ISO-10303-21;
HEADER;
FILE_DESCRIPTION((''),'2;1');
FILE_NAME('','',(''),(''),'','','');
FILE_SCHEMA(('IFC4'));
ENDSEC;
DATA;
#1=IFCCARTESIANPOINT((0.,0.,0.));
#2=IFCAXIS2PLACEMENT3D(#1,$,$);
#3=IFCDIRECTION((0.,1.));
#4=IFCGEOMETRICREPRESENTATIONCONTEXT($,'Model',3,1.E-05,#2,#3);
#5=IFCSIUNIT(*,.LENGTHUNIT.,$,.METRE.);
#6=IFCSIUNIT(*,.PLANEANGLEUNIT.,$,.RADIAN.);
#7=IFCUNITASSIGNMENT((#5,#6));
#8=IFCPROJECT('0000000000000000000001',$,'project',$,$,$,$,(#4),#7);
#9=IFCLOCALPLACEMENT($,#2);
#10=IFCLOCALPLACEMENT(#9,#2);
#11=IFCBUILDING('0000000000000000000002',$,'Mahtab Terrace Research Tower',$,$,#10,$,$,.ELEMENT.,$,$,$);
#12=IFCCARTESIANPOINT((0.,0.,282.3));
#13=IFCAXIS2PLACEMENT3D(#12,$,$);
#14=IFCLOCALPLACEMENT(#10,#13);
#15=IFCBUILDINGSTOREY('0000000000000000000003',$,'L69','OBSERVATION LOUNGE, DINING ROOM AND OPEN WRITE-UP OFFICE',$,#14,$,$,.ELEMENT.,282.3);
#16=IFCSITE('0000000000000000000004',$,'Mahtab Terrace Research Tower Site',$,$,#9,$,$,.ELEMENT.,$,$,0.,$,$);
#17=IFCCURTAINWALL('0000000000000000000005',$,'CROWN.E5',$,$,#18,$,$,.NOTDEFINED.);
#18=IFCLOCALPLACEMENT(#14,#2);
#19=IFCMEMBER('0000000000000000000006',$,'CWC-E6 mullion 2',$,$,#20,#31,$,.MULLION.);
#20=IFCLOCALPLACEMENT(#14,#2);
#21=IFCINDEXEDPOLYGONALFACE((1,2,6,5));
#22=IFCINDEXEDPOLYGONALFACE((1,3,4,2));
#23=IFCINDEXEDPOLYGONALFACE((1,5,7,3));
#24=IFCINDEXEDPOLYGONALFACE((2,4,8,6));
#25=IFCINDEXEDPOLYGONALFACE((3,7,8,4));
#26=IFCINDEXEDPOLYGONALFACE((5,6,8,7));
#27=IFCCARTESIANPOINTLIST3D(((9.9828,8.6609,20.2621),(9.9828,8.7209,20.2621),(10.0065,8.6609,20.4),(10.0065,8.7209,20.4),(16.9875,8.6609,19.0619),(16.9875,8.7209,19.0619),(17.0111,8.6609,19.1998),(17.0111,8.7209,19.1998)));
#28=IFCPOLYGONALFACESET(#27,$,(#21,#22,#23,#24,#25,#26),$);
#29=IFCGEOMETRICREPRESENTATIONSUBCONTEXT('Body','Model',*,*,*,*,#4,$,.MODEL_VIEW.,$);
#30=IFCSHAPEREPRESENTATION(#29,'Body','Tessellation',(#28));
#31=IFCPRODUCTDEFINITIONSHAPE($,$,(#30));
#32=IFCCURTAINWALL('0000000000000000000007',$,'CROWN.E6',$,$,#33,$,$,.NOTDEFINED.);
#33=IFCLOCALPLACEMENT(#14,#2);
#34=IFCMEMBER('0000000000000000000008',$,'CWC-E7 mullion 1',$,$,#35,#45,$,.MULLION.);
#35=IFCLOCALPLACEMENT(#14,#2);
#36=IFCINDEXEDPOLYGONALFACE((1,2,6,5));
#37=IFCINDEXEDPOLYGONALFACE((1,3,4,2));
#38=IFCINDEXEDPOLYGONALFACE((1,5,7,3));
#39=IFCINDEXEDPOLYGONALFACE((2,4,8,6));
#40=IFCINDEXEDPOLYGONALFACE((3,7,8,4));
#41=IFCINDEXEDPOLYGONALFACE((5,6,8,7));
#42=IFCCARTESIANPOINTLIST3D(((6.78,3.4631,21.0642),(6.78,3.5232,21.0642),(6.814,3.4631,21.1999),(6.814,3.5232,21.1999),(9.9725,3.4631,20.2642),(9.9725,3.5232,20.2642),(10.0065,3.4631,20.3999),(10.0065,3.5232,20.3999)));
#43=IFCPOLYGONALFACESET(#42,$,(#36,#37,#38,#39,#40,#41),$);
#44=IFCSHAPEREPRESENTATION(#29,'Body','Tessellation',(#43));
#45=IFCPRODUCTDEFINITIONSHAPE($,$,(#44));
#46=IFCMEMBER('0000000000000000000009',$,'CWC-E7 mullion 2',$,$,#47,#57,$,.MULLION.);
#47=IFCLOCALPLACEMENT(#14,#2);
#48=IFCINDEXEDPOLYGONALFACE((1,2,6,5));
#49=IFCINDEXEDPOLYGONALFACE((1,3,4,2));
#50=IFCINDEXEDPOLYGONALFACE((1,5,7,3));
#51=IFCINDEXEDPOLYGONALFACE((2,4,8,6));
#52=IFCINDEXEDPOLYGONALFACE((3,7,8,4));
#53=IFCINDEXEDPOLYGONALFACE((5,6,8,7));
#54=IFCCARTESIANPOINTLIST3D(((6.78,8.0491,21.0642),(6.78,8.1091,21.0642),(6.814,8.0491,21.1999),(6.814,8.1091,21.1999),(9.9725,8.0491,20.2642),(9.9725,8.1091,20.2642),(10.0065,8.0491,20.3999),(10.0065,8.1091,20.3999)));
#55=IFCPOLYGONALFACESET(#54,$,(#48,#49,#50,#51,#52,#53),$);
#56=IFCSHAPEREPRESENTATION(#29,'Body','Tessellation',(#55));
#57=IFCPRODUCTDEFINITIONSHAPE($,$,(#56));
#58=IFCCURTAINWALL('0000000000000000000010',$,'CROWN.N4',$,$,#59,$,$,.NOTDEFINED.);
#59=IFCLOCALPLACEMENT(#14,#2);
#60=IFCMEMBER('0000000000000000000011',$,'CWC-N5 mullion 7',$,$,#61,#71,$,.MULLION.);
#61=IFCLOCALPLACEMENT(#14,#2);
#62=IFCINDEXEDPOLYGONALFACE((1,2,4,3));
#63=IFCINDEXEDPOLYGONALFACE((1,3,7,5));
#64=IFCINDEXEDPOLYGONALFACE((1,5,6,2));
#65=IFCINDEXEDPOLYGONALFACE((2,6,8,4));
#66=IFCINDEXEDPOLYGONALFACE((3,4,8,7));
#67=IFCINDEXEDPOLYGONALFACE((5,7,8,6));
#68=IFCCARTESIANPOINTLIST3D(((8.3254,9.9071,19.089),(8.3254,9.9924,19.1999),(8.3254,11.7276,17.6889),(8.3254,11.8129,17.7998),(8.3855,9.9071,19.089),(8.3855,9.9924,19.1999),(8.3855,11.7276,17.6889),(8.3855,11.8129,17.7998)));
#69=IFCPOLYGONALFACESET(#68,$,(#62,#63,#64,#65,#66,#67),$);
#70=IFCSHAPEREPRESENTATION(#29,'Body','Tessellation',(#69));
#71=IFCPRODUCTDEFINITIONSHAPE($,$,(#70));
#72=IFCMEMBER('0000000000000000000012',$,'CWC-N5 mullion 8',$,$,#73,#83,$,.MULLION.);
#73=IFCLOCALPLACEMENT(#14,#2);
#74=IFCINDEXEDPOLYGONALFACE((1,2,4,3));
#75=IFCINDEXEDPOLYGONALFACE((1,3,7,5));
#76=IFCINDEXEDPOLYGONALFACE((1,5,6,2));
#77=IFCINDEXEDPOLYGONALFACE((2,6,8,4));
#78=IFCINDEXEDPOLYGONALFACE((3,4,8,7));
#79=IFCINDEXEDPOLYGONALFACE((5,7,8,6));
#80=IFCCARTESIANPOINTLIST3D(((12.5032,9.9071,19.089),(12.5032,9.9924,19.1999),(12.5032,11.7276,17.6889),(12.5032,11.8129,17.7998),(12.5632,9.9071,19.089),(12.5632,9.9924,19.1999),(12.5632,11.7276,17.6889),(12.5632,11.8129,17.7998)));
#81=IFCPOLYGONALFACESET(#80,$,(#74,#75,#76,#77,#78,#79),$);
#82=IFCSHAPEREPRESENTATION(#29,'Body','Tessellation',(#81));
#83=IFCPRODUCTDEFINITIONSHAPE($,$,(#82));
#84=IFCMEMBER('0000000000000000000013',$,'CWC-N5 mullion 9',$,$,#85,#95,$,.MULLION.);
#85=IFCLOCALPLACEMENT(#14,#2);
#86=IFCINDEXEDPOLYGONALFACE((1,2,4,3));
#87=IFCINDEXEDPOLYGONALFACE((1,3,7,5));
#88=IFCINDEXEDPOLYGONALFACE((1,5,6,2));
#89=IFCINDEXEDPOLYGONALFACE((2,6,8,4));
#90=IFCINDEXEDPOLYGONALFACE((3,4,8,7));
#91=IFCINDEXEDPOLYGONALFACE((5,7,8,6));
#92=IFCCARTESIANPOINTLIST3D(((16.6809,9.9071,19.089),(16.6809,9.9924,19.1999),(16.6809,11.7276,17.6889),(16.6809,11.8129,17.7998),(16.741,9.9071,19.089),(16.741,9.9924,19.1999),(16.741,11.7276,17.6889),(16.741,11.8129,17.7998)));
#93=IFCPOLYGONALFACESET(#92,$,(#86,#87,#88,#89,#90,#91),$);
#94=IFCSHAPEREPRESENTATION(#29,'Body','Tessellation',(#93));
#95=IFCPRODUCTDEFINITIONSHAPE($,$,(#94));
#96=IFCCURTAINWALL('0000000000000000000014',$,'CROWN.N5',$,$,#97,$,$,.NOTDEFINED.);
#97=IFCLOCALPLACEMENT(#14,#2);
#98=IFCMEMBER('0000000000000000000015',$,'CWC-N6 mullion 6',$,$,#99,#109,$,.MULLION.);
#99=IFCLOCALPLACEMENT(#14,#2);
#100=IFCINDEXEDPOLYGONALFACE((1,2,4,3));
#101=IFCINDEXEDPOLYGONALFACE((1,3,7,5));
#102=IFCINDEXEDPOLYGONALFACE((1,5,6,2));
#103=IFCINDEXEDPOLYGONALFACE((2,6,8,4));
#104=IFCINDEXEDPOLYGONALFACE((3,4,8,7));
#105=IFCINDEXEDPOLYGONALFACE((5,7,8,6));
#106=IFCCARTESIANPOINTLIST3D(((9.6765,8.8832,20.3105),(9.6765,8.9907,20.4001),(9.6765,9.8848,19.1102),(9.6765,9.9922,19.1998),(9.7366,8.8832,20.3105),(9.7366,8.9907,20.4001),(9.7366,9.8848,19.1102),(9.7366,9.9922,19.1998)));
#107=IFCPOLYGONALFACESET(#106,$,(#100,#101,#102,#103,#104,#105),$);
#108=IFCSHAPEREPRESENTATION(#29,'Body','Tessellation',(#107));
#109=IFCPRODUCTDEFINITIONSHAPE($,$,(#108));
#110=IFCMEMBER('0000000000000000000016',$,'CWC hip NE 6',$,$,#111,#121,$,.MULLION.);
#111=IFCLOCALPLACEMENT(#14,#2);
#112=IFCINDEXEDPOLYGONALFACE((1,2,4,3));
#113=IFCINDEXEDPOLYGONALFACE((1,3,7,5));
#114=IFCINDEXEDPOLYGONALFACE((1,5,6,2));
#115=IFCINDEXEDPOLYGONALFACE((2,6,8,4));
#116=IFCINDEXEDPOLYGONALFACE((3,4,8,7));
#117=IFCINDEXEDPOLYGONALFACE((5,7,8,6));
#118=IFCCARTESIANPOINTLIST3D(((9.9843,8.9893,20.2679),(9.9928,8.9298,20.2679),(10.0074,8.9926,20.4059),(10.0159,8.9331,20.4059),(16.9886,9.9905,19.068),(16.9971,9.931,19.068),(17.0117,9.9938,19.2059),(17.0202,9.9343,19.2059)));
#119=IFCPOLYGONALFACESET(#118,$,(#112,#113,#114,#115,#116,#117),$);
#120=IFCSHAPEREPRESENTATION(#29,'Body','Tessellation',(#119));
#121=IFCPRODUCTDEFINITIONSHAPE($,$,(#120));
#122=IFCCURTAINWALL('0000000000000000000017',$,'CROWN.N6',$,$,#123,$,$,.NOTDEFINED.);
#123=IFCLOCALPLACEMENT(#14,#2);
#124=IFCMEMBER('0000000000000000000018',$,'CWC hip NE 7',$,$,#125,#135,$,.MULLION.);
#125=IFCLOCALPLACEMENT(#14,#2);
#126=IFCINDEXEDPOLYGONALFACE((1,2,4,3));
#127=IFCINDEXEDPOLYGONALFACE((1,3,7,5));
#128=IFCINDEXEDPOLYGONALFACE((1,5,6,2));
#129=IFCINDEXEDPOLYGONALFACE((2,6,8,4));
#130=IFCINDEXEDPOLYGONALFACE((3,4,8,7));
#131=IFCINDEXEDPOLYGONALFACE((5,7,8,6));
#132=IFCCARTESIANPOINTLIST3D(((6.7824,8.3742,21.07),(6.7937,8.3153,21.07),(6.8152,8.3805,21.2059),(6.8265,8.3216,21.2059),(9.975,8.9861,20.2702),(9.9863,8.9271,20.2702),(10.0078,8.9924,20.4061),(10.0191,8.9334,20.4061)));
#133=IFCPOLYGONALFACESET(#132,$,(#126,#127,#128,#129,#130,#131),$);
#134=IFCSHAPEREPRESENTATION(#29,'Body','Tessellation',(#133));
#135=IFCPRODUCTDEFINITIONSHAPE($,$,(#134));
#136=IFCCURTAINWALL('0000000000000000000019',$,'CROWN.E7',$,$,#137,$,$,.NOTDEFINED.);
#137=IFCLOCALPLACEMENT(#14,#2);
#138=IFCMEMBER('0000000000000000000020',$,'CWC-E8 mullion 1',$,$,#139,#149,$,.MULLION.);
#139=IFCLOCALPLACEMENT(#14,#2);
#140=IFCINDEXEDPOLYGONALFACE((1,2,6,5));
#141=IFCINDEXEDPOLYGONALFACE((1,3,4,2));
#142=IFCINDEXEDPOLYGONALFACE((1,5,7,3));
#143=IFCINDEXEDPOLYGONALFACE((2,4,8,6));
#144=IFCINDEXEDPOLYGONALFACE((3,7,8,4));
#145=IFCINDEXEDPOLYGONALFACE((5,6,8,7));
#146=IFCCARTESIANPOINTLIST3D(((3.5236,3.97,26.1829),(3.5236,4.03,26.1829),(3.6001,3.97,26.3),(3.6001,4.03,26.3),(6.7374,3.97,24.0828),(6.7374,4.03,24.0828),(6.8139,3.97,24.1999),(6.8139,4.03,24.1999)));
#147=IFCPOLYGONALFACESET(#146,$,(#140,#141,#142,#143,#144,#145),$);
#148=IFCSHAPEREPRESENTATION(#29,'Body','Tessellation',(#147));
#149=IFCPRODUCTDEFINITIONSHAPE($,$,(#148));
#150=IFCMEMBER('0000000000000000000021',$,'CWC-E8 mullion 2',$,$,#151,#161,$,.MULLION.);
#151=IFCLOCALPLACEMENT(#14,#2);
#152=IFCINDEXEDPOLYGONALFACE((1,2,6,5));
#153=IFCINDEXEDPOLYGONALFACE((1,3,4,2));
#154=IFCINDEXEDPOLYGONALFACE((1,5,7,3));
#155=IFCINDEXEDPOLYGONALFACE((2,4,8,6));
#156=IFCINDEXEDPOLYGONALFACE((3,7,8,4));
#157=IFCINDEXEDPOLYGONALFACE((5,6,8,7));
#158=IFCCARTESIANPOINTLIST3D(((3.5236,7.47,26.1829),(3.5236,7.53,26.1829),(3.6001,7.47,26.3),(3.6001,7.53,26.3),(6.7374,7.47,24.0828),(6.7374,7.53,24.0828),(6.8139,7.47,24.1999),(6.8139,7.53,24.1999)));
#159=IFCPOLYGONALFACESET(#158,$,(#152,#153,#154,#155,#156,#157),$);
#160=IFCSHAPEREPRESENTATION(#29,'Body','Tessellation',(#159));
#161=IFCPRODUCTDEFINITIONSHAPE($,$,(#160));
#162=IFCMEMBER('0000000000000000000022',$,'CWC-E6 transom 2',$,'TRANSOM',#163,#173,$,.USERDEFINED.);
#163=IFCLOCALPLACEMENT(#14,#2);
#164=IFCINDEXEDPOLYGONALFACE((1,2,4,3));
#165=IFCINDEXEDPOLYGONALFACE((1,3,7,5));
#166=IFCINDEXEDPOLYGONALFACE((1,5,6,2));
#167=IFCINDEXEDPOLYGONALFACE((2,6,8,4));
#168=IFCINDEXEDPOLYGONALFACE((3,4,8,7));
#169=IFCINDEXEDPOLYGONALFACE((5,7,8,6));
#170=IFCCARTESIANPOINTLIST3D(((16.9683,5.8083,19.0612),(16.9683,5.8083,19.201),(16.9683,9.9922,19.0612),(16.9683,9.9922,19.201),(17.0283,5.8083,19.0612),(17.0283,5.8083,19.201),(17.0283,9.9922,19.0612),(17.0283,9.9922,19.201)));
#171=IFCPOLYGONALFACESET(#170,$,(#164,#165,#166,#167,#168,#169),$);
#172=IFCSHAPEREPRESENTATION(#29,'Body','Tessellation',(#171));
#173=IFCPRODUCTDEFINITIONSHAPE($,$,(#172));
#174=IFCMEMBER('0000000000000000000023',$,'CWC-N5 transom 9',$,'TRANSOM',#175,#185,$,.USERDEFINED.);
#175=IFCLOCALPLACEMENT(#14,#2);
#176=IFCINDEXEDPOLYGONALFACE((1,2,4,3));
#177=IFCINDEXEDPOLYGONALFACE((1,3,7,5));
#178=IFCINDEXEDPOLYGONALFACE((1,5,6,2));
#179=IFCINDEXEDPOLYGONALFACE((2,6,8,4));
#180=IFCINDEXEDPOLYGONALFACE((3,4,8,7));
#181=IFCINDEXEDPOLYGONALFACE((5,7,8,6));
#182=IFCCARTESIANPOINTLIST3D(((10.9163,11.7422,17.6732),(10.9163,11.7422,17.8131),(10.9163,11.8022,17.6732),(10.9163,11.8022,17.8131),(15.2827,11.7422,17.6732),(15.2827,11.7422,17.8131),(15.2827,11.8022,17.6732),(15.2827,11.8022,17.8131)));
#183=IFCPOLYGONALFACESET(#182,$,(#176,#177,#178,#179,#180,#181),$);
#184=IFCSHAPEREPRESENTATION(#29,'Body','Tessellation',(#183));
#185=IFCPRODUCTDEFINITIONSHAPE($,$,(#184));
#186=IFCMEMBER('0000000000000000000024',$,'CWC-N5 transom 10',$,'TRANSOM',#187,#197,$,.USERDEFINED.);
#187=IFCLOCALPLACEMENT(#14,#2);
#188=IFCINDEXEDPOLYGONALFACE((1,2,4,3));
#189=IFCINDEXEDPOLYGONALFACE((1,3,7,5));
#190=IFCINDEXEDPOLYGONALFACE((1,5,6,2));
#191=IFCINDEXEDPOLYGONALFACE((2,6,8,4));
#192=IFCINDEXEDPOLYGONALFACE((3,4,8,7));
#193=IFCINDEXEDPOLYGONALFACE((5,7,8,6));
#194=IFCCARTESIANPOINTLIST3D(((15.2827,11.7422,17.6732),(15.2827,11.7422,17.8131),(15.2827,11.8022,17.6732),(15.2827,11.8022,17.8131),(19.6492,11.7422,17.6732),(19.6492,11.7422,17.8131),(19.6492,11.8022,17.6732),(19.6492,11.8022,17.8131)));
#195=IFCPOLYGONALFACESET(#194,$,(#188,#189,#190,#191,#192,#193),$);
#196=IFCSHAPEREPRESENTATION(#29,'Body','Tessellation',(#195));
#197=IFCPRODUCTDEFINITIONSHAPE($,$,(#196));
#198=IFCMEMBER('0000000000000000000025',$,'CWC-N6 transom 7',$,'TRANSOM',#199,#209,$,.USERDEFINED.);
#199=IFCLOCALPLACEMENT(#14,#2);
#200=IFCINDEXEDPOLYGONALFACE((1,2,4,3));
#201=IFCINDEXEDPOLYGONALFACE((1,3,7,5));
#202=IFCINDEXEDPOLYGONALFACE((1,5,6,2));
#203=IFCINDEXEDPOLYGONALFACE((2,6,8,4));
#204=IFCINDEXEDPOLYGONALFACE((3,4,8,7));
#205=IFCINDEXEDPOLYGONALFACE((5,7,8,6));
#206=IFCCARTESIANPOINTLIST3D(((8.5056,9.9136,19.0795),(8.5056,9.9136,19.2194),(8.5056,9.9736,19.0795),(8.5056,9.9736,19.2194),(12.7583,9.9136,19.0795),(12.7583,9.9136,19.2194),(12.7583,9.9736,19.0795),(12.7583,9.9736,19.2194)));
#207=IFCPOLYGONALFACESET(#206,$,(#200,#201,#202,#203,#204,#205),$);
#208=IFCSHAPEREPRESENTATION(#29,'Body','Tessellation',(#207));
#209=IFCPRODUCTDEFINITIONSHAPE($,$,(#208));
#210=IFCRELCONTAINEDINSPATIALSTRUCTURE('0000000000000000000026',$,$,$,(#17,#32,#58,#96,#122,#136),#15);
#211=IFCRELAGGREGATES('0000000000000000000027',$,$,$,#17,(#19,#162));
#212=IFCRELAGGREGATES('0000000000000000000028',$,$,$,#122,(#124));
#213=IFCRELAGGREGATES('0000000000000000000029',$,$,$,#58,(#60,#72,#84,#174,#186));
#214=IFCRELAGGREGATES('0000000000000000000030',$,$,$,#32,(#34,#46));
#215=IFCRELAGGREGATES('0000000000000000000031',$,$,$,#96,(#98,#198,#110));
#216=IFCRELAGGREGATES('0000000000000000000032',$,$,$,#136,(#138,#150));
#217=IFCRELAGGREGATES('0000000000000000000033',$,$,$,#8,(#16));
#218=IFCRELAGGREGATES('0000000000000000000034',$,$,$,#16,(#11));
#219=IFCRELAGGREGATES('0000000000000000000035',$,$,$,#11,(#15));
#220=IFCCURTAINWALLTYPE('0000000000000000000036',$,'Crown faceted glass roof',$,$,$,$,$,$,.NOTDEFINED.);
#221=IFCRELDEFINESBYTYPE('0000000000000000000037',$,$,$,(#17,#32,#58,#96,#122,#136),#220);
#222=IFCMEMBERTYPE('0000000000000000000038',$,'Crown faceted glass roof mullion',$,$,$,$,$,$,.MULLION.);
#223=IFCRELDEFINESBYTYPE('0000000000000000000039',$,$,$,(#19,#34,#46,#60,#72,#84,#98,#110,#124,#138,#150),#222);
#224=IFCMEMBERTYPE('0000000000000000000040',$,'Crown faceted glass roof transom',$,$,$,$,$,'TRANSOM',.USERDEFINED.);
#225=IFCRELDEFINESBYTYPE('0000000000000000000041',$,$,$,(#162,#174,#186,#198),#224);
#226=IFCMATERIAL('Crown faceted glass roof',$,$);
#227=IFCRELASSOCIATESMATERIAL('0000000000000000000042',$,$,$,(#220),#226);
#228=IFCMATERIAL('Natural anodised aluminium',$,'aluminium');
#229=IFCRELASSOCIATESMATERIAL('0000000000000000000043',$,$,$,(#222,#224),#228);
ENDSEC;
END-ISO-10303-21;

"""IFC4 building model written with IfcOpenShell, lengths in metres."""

from ifc_helpers import new_model, si_unit, direction, frame, origin, origin_2d, place, context, subcontext, project, spatial, rectangle, extrude, material, material_profile, profile_set, type_object, element, aggregate, save


model = new_model("IFC4")

# Units and contexts
model_context = context("Model", 3, precision=1e-05, world=origin(), true_north=direction((0.0, 1.0)))
body_context = subcontext(model_context, "Body", "Model", "MODEL_VIEW")
ifc_project = project(units=[si_unit("LENGTHUNIT", "METRE"), si_unit("PLANEANGLEUNIT", "RADIAN")], contexts=[model_context])

# Site, building, storey
site_placement = place(None, origin())
site = spatial("IfcSite", under=ifc_project, at=site_placement, Name="Mahtab Terrace Research Tower Site", CompositionType="ELEMENT", RefElevation=0.0)
building_placement = place(site_placement, origin())
building = spatial("IfcBuilding", under=site, at=building_placement, Name="Mahtab Terrace Research Tower", CompositionType="ELEMENT")
storey_placement = place(building_placement, frame((0.0, 0.0, 282.3)))
storey = spatial("IfcBuildingStorey", under=building, at=storey_placement, Name="L69", Description="OBSERVATION LOUNGE, DINING ROOM AND OPEN WRITE-UP OFFICE", CompositionType="ELEMENT", Elevation=282.3)

# Curtain wall, member
ifc_material_1 = material(Name="Crown faceted glass roof")
curtain_wall_type = type_object("IfcCurtainWallType", Name="Crown faceted glass roof", PredefinedType="NOTDEFINED", material=ifc_material_1)
curtain_wall_1_placement = place(storey_placement, origin())
curtain_wall_1 = element("IfcCurtainWall", 1, at=curtain_wall_1_placement, inside=storey, type_object=curtain_wall_type, Name="CROWN.E5", PredefinedType="NOTDEFINED")
ifc_material_2 = material(Name="Natural anodised aluminium", Category="aluminium")
ifc_material_profile_1 = material_profile(ifc_material_2, rectangle(XDim=0.0601, YDim=0.1399, at=origin_2d()), Name="MULLION 60x140")
ifc_profile_set_1 = profile_set([ifc_material_profile_1], Name="Natural anodised aluminium")
member_type_1 = type_object("IfcMemberType", Name="Crown faceted glass roof mullion", PredefinedType="MULLION", material=ifc_profile_set_1)
member_1_placement = place(storey_placement, frame((16.9993, 8.6909, 19.1309), z_axis=(-0.985636, 0.0, 0.168882), x_axis=(0.0, -1.0, 0.0)))
member_1 = element("IfcMember", 2, at=member_1_placement, type_object=member_type_1, Name="CWC-E6 mullion 2", PredefinedType="MULLION", context=body_context, shape_type="SweptSolid", body=[
    extrude(rectangle(XDim=0.0601, YDim=0.1399, at=origin_2d()), origin(), (0.0, 0.0, 1.0), 7.1067),
])

# Curtain walls, members
curtain_wall_2_placement = place(storey_placement, origin())
curtain_wall_2 = element("IfcCurtainWall", 3, at=curtain_wall_2_placement, inside=storey, type_object=curtain_wall_type, Name="CROWN.E6", PredefinedType="NOTDEFINED")
member_2_placement = place(storey_placement, frame((9.9895, 3.4932, 20.332), z_axis=(-0.970007, 0.0, 0.243077), x_axis=(0.0, -1.0, 0.0)))
member_2 = element("IfcMember", 4, at=member_2_placement, type_object=member_type_1, Name="CWC-E7 mullion 1", PredefinedType="MULLION", context=body_context, shape_type="SweptSolid", body=[
    extrude(rectangle(XDim=0.0601, YDim=0.1399, at=origin_2d()), origin(), (0.0, 0.0, 1.0), 3.2913),
])
member_3_placement = place(storey_placement, frame((9.9895, 8.0791, 20.332), z_axis=(-0.970007, 0.0, 0.243077), x_axis=(0.0, -1.0, 0.0)))
member_3 = element("IfcMember", 5, at=member_3_placement, type_object=member_type_1, Name="CWC-E7 mullion 2", PredefinedType="MULLION", context=body_context, shape_type="SweptSolid", body=[
    extrude(rectangle(XDim=0.0601, YDim=0.1399, at=origin_2d()), origin(), (0.0, 0.0, 1.0), 3.2913),
])
curtain_wall_3_placement = place(storey_placement, origin())
curtain_wall_3 = element("IfcCurtainWall", 6, at=curtain_wall_3_placement, inside=storey, type_object=curtain_wall_type, Name="CROWN.N4", PredefinedType="NOTDEFINED")
member_4_placement = place(storey_placement, frame((8.3555, 11.7703, 17.7444), z_axis=(0.0, -0.792683, 0.609634), x_axis=(1.0, 0.0, 0.0)))
member_4 = element("IfcMember", 7, at=member_4_placement, type_object=member_type_1, Name="CWC-N5 mullion 7", PredefinedType="MULLION", context=body_context, shape_type="SweptSolid", body=[
    extrude(rectangle(XDim=0.0601, YDim=0.1399, at=origin_2d()), origin(), (0.0, 0.0, 1.0), 2.2966),
])
member_5_placement = place(storey_placement, frame((12.5332, 11.7703, 17.7444), z_axis=(0.0, -0.792683, 0.609634), x_axis=(1.0, 0.0, 0.0)))
member_5 = element("IfcMember", 8, at=member_5_placement, type_object=member_type_1, Name="CWC-N5 mullion 8", PredefinedType="MULLION", context=body_context, shape_type="SweptSolid", body=[
    extrude(rectangle(XDim=0.0601, YDim=0.1399, at=origin_2d()), origin(), (0.0, 0.0, 1.0), 2.2966),
])
member_6_placement = place(storey_placement, frame((16.7109, 11.7703, 17.7444), z_axis=(0.0, -0.792683, 0.609634), x_axis=(1.0, 0.0, 0.0)))
member_6 = element("IfcMember", 9, at=member_6_placement, type_object=member_type_1, Name="CWC-N5 mullion 9", PredefinedType="MULLION", context=body_context, shape_type="SweptSolid", body=[
    extrude(rectangle(XDim=0.0601, YDim=0.1399, at=origin_2d()), origin(), (0.0, 0.0, 1.0), 2.2966),
])
curtain_wall_4_placement = place(storey_placement, origin())
curtain_wall_4 = element("IfcCurtainWall", 10, at=curtain_wall_4_placement, inside=storey, type_object=curtain_wall_type, Name="CROWN.N5", PredefinedType="NOTDEFINED")
member_7_placement = place(storey_placement, frame((9.7065, 9.9385, 19.155), z_axis=(0.0, -0.640676, 0.767811), x_axis=(1.0, 0.0, 0.0)))
member_7 = element("IfcMember", 11, at=member_7_placement, type_object=member_type_1, Name="CWC-N6 mullion 6", PredefinedType="MULLION", context=body_context, shape_type="SweptSolid", body=[
    extrude(rectangle(XDim=0.0601, YDim=0.1399, at=origin_2d()), origin(), (0.0, 0.0, 1.0), 1.5632),
])
member_8_placement = place(storey_placement, frame((17.0044, 9.9624, 19.137), z_axis=(-0.976002, -0.139511, 0.167203), x_axis=(0.141503, -0.989938, 0.0)))
member_8 = element("IfcMember", 12, at=member_8_placement, type_object=member_type_1, Name="CWC hip NE 6", PredefinedType="MULLION", context=body_context, shape_type="SweptSolid", body=[
    extrude(rectangle(XDim=0.0601, YDim=0.1399, at=origin_2d()), origin(), (0.0, 0.0, 1.0), 7.1765),
])

# Curtain wall, member
curtain_wall_5_placement = place(storey_placement, origin())
curtain_wall_5 = element("IfcCurtainWall", 13, at=curtain_wall_5_placement, inside=storey, type_object=curtain_wall_type, Name="CROWN.N6", PredefinedType="NOTDEFINED")
member_9_placement = place(storey_placement, frame((9.9971, 8.9597, 20.3381), z_axis=(-0.953687, -0.182759, 0.238914), x_axis=(0.188209, -0.982129, 0.0)))
member_9 = element("IfcMember", 14, at=member_9_placement, type_object=member_type_1, Name="CWC hip NE 7", PredefinedType="MULLION", context=body_context, shape_type="SweptSolid", body=[
    extrude(rectangle(XDim=0.0601, YDim=0.1399, at=origin_2d()), origin(), (0.0, 0.0, 1.0), 3.3477),
])

# Curtain wall, members
curtain_wall_6_placement = place(storey_placement, origin())
curtain_wall_6 = element("IfcCurtainWall", 15, at=curtain_wall_6_placement, inside=storey, type_object=curtain_wall_type, Name="CROWN.E7", PredefinedType="NOTDEFINED")
member_10_placement = place(storey_placement, frame((6.7756, 4.0, 24.1414), z_axis=(-0.837122, 0.0, 0.547016), x_axis=(0.0, -1.0, 0.0)))
member_10 = element("IfcMember", 16, at=member_10_placement, type_object=member_type_1, Name="CWC-E8 mullion 1", PredefinedType="MULLION", context=body_context, shape_type="SweptSolid", body=[
    extrude(rectangle(XDim=0.0601, YDim=0.1399, at=origin_2d()), origin(), (0.0, 0.0, 1.0), 3.8391),
])
member_11_placement = place(storey_placement, frame((6.7756, 7.5, 24.1414), z_axis=(-0.837122, 0.0, 0.547016), x_axis=(0.0, -1.0, 0.0)))
member_11 = element("IfcMember", 17, at=member_11_placement, type_object=member_type_1, Name="CWC-E8 mullion 2", PredefinedType="MULLION", context=body_context, shape_type="SweptSolid", body=[
    extrude(rectangle(XDim=0.0601, YDim=0.1399, at=origin_2d()), origin(), (0.0, 0.0, 1.0), 3.8391),
])

# Members
ifc_material_profile_2 = material_profile(ifc_material_2, rectangle(XDim=0.0601, YDim=0.1399, at=origin_2d()), Name="TRANSOM 60x140")
ifc_profile_set_2 = profile_set([ifc_material_profile_2], Name="Natural anodised aluminium")
member_type_2 = type_object("IfcMemberType", Name="Crown faceted glass roof transom", ElementType="TRANSOM", PredefinedType="USERDEFINED", material=ifc_profile_set_2)
member_12_placement = place(storey_placement, frame((16.9983, 5.8083, 19.1311), z_axis=(0.0, 1.0, 0.0), x_axis=(-1.0, 0.0, 0.0)))
member_12 = element("IfcMember", 18, at=member_12_placement, type_object=member_type_2, Name="CWC-E6 transom 2", ObjectType="TRANSOM", PredefinedType="USERDEFINED", context=body_context, shape_type="SweptSolid", body=[
    extrude(rectangle(XDim=0.0601, YDim=0.1399, at=origin_2d()), origin(), (0.0, 0.0, 1.0), 4.1838),
])
aggregate(curtain_wall_1, [member_1, member_12])
member_13_placement = place(storey_placement, frame((10.9163, 11.7722, 17.7432), z_axis=(1.0, 0.0, 0.0), x_axis=(0.0, 1.0, 0.0)))
member_13 = element("IfcMember", 19, at=member_13_placement, type_object=member_type_2, Name="CWC-N5 transom 9", ObjectType="TRANSOM", PredefinedType="USERDEFINED", context=body_context, shape_type="SweptSolid", body=[
    extrude(rectangle(XDim=0.0601, YDim=0.1399, at=origin_2d()), origin(), (0.0, 0.0, 1.0), 4.3665),
])
member_14_placement = place(storey_placement, frame((15.2827, 11.7722, 17.7432), z_axis=(1.0, 0.0, 0.0), x_axis=(0.0, 1.0, 0.0)))
member_14 = element("IfcMember", 20, at=member_14_placement, type_object=member_type_2, Name="CWC-N5 transom 10", ObjectType="TRANSOM", PredefinedType="USERDEFINED", context=body_context, shape_type="SweptSolid", body=[
    extrude(rectangle(XDim=0.0601, YDim=0.1399, at=origin_2d()), origin(), (0.0, 0.0, 1.0), 4.3665),
])
member_15_placement = place(storey_placement, frame((8.5056, 9.9436, 19.1494), z_axis=(1.0, 0.0, 0.0), x_axis=(0.0, 1.0, 0.0)))
member_15 = element("IfcMember", 21, at=member_15_placement, type_object=member_type_2, Name="CWC-N6 transom 7", ObjectType="TRANSOM", PredefinedType="USERDEFINED", context=body_context, shape_type="SweptSolid", body=[
    extrude(rectangle(XDim=0.0601, YDim=0.1399, at=origin_2d()), origin(), (0.0, 0.0, 1.0), 4.2527),
])
aggregate(curtain_wall_5, [member_9])

aggregate(curtain_wall_3, [member_4, member_5, member_6, member_13, member_14])
aggregate(curtain_wall_2, [member_2, member_3])
aggregate(curtain_wall_4, [member_7, member_15, member_8])
aggregate(curtain_wall_6, [member_10, member_11])

save(model, "model.ifc")
